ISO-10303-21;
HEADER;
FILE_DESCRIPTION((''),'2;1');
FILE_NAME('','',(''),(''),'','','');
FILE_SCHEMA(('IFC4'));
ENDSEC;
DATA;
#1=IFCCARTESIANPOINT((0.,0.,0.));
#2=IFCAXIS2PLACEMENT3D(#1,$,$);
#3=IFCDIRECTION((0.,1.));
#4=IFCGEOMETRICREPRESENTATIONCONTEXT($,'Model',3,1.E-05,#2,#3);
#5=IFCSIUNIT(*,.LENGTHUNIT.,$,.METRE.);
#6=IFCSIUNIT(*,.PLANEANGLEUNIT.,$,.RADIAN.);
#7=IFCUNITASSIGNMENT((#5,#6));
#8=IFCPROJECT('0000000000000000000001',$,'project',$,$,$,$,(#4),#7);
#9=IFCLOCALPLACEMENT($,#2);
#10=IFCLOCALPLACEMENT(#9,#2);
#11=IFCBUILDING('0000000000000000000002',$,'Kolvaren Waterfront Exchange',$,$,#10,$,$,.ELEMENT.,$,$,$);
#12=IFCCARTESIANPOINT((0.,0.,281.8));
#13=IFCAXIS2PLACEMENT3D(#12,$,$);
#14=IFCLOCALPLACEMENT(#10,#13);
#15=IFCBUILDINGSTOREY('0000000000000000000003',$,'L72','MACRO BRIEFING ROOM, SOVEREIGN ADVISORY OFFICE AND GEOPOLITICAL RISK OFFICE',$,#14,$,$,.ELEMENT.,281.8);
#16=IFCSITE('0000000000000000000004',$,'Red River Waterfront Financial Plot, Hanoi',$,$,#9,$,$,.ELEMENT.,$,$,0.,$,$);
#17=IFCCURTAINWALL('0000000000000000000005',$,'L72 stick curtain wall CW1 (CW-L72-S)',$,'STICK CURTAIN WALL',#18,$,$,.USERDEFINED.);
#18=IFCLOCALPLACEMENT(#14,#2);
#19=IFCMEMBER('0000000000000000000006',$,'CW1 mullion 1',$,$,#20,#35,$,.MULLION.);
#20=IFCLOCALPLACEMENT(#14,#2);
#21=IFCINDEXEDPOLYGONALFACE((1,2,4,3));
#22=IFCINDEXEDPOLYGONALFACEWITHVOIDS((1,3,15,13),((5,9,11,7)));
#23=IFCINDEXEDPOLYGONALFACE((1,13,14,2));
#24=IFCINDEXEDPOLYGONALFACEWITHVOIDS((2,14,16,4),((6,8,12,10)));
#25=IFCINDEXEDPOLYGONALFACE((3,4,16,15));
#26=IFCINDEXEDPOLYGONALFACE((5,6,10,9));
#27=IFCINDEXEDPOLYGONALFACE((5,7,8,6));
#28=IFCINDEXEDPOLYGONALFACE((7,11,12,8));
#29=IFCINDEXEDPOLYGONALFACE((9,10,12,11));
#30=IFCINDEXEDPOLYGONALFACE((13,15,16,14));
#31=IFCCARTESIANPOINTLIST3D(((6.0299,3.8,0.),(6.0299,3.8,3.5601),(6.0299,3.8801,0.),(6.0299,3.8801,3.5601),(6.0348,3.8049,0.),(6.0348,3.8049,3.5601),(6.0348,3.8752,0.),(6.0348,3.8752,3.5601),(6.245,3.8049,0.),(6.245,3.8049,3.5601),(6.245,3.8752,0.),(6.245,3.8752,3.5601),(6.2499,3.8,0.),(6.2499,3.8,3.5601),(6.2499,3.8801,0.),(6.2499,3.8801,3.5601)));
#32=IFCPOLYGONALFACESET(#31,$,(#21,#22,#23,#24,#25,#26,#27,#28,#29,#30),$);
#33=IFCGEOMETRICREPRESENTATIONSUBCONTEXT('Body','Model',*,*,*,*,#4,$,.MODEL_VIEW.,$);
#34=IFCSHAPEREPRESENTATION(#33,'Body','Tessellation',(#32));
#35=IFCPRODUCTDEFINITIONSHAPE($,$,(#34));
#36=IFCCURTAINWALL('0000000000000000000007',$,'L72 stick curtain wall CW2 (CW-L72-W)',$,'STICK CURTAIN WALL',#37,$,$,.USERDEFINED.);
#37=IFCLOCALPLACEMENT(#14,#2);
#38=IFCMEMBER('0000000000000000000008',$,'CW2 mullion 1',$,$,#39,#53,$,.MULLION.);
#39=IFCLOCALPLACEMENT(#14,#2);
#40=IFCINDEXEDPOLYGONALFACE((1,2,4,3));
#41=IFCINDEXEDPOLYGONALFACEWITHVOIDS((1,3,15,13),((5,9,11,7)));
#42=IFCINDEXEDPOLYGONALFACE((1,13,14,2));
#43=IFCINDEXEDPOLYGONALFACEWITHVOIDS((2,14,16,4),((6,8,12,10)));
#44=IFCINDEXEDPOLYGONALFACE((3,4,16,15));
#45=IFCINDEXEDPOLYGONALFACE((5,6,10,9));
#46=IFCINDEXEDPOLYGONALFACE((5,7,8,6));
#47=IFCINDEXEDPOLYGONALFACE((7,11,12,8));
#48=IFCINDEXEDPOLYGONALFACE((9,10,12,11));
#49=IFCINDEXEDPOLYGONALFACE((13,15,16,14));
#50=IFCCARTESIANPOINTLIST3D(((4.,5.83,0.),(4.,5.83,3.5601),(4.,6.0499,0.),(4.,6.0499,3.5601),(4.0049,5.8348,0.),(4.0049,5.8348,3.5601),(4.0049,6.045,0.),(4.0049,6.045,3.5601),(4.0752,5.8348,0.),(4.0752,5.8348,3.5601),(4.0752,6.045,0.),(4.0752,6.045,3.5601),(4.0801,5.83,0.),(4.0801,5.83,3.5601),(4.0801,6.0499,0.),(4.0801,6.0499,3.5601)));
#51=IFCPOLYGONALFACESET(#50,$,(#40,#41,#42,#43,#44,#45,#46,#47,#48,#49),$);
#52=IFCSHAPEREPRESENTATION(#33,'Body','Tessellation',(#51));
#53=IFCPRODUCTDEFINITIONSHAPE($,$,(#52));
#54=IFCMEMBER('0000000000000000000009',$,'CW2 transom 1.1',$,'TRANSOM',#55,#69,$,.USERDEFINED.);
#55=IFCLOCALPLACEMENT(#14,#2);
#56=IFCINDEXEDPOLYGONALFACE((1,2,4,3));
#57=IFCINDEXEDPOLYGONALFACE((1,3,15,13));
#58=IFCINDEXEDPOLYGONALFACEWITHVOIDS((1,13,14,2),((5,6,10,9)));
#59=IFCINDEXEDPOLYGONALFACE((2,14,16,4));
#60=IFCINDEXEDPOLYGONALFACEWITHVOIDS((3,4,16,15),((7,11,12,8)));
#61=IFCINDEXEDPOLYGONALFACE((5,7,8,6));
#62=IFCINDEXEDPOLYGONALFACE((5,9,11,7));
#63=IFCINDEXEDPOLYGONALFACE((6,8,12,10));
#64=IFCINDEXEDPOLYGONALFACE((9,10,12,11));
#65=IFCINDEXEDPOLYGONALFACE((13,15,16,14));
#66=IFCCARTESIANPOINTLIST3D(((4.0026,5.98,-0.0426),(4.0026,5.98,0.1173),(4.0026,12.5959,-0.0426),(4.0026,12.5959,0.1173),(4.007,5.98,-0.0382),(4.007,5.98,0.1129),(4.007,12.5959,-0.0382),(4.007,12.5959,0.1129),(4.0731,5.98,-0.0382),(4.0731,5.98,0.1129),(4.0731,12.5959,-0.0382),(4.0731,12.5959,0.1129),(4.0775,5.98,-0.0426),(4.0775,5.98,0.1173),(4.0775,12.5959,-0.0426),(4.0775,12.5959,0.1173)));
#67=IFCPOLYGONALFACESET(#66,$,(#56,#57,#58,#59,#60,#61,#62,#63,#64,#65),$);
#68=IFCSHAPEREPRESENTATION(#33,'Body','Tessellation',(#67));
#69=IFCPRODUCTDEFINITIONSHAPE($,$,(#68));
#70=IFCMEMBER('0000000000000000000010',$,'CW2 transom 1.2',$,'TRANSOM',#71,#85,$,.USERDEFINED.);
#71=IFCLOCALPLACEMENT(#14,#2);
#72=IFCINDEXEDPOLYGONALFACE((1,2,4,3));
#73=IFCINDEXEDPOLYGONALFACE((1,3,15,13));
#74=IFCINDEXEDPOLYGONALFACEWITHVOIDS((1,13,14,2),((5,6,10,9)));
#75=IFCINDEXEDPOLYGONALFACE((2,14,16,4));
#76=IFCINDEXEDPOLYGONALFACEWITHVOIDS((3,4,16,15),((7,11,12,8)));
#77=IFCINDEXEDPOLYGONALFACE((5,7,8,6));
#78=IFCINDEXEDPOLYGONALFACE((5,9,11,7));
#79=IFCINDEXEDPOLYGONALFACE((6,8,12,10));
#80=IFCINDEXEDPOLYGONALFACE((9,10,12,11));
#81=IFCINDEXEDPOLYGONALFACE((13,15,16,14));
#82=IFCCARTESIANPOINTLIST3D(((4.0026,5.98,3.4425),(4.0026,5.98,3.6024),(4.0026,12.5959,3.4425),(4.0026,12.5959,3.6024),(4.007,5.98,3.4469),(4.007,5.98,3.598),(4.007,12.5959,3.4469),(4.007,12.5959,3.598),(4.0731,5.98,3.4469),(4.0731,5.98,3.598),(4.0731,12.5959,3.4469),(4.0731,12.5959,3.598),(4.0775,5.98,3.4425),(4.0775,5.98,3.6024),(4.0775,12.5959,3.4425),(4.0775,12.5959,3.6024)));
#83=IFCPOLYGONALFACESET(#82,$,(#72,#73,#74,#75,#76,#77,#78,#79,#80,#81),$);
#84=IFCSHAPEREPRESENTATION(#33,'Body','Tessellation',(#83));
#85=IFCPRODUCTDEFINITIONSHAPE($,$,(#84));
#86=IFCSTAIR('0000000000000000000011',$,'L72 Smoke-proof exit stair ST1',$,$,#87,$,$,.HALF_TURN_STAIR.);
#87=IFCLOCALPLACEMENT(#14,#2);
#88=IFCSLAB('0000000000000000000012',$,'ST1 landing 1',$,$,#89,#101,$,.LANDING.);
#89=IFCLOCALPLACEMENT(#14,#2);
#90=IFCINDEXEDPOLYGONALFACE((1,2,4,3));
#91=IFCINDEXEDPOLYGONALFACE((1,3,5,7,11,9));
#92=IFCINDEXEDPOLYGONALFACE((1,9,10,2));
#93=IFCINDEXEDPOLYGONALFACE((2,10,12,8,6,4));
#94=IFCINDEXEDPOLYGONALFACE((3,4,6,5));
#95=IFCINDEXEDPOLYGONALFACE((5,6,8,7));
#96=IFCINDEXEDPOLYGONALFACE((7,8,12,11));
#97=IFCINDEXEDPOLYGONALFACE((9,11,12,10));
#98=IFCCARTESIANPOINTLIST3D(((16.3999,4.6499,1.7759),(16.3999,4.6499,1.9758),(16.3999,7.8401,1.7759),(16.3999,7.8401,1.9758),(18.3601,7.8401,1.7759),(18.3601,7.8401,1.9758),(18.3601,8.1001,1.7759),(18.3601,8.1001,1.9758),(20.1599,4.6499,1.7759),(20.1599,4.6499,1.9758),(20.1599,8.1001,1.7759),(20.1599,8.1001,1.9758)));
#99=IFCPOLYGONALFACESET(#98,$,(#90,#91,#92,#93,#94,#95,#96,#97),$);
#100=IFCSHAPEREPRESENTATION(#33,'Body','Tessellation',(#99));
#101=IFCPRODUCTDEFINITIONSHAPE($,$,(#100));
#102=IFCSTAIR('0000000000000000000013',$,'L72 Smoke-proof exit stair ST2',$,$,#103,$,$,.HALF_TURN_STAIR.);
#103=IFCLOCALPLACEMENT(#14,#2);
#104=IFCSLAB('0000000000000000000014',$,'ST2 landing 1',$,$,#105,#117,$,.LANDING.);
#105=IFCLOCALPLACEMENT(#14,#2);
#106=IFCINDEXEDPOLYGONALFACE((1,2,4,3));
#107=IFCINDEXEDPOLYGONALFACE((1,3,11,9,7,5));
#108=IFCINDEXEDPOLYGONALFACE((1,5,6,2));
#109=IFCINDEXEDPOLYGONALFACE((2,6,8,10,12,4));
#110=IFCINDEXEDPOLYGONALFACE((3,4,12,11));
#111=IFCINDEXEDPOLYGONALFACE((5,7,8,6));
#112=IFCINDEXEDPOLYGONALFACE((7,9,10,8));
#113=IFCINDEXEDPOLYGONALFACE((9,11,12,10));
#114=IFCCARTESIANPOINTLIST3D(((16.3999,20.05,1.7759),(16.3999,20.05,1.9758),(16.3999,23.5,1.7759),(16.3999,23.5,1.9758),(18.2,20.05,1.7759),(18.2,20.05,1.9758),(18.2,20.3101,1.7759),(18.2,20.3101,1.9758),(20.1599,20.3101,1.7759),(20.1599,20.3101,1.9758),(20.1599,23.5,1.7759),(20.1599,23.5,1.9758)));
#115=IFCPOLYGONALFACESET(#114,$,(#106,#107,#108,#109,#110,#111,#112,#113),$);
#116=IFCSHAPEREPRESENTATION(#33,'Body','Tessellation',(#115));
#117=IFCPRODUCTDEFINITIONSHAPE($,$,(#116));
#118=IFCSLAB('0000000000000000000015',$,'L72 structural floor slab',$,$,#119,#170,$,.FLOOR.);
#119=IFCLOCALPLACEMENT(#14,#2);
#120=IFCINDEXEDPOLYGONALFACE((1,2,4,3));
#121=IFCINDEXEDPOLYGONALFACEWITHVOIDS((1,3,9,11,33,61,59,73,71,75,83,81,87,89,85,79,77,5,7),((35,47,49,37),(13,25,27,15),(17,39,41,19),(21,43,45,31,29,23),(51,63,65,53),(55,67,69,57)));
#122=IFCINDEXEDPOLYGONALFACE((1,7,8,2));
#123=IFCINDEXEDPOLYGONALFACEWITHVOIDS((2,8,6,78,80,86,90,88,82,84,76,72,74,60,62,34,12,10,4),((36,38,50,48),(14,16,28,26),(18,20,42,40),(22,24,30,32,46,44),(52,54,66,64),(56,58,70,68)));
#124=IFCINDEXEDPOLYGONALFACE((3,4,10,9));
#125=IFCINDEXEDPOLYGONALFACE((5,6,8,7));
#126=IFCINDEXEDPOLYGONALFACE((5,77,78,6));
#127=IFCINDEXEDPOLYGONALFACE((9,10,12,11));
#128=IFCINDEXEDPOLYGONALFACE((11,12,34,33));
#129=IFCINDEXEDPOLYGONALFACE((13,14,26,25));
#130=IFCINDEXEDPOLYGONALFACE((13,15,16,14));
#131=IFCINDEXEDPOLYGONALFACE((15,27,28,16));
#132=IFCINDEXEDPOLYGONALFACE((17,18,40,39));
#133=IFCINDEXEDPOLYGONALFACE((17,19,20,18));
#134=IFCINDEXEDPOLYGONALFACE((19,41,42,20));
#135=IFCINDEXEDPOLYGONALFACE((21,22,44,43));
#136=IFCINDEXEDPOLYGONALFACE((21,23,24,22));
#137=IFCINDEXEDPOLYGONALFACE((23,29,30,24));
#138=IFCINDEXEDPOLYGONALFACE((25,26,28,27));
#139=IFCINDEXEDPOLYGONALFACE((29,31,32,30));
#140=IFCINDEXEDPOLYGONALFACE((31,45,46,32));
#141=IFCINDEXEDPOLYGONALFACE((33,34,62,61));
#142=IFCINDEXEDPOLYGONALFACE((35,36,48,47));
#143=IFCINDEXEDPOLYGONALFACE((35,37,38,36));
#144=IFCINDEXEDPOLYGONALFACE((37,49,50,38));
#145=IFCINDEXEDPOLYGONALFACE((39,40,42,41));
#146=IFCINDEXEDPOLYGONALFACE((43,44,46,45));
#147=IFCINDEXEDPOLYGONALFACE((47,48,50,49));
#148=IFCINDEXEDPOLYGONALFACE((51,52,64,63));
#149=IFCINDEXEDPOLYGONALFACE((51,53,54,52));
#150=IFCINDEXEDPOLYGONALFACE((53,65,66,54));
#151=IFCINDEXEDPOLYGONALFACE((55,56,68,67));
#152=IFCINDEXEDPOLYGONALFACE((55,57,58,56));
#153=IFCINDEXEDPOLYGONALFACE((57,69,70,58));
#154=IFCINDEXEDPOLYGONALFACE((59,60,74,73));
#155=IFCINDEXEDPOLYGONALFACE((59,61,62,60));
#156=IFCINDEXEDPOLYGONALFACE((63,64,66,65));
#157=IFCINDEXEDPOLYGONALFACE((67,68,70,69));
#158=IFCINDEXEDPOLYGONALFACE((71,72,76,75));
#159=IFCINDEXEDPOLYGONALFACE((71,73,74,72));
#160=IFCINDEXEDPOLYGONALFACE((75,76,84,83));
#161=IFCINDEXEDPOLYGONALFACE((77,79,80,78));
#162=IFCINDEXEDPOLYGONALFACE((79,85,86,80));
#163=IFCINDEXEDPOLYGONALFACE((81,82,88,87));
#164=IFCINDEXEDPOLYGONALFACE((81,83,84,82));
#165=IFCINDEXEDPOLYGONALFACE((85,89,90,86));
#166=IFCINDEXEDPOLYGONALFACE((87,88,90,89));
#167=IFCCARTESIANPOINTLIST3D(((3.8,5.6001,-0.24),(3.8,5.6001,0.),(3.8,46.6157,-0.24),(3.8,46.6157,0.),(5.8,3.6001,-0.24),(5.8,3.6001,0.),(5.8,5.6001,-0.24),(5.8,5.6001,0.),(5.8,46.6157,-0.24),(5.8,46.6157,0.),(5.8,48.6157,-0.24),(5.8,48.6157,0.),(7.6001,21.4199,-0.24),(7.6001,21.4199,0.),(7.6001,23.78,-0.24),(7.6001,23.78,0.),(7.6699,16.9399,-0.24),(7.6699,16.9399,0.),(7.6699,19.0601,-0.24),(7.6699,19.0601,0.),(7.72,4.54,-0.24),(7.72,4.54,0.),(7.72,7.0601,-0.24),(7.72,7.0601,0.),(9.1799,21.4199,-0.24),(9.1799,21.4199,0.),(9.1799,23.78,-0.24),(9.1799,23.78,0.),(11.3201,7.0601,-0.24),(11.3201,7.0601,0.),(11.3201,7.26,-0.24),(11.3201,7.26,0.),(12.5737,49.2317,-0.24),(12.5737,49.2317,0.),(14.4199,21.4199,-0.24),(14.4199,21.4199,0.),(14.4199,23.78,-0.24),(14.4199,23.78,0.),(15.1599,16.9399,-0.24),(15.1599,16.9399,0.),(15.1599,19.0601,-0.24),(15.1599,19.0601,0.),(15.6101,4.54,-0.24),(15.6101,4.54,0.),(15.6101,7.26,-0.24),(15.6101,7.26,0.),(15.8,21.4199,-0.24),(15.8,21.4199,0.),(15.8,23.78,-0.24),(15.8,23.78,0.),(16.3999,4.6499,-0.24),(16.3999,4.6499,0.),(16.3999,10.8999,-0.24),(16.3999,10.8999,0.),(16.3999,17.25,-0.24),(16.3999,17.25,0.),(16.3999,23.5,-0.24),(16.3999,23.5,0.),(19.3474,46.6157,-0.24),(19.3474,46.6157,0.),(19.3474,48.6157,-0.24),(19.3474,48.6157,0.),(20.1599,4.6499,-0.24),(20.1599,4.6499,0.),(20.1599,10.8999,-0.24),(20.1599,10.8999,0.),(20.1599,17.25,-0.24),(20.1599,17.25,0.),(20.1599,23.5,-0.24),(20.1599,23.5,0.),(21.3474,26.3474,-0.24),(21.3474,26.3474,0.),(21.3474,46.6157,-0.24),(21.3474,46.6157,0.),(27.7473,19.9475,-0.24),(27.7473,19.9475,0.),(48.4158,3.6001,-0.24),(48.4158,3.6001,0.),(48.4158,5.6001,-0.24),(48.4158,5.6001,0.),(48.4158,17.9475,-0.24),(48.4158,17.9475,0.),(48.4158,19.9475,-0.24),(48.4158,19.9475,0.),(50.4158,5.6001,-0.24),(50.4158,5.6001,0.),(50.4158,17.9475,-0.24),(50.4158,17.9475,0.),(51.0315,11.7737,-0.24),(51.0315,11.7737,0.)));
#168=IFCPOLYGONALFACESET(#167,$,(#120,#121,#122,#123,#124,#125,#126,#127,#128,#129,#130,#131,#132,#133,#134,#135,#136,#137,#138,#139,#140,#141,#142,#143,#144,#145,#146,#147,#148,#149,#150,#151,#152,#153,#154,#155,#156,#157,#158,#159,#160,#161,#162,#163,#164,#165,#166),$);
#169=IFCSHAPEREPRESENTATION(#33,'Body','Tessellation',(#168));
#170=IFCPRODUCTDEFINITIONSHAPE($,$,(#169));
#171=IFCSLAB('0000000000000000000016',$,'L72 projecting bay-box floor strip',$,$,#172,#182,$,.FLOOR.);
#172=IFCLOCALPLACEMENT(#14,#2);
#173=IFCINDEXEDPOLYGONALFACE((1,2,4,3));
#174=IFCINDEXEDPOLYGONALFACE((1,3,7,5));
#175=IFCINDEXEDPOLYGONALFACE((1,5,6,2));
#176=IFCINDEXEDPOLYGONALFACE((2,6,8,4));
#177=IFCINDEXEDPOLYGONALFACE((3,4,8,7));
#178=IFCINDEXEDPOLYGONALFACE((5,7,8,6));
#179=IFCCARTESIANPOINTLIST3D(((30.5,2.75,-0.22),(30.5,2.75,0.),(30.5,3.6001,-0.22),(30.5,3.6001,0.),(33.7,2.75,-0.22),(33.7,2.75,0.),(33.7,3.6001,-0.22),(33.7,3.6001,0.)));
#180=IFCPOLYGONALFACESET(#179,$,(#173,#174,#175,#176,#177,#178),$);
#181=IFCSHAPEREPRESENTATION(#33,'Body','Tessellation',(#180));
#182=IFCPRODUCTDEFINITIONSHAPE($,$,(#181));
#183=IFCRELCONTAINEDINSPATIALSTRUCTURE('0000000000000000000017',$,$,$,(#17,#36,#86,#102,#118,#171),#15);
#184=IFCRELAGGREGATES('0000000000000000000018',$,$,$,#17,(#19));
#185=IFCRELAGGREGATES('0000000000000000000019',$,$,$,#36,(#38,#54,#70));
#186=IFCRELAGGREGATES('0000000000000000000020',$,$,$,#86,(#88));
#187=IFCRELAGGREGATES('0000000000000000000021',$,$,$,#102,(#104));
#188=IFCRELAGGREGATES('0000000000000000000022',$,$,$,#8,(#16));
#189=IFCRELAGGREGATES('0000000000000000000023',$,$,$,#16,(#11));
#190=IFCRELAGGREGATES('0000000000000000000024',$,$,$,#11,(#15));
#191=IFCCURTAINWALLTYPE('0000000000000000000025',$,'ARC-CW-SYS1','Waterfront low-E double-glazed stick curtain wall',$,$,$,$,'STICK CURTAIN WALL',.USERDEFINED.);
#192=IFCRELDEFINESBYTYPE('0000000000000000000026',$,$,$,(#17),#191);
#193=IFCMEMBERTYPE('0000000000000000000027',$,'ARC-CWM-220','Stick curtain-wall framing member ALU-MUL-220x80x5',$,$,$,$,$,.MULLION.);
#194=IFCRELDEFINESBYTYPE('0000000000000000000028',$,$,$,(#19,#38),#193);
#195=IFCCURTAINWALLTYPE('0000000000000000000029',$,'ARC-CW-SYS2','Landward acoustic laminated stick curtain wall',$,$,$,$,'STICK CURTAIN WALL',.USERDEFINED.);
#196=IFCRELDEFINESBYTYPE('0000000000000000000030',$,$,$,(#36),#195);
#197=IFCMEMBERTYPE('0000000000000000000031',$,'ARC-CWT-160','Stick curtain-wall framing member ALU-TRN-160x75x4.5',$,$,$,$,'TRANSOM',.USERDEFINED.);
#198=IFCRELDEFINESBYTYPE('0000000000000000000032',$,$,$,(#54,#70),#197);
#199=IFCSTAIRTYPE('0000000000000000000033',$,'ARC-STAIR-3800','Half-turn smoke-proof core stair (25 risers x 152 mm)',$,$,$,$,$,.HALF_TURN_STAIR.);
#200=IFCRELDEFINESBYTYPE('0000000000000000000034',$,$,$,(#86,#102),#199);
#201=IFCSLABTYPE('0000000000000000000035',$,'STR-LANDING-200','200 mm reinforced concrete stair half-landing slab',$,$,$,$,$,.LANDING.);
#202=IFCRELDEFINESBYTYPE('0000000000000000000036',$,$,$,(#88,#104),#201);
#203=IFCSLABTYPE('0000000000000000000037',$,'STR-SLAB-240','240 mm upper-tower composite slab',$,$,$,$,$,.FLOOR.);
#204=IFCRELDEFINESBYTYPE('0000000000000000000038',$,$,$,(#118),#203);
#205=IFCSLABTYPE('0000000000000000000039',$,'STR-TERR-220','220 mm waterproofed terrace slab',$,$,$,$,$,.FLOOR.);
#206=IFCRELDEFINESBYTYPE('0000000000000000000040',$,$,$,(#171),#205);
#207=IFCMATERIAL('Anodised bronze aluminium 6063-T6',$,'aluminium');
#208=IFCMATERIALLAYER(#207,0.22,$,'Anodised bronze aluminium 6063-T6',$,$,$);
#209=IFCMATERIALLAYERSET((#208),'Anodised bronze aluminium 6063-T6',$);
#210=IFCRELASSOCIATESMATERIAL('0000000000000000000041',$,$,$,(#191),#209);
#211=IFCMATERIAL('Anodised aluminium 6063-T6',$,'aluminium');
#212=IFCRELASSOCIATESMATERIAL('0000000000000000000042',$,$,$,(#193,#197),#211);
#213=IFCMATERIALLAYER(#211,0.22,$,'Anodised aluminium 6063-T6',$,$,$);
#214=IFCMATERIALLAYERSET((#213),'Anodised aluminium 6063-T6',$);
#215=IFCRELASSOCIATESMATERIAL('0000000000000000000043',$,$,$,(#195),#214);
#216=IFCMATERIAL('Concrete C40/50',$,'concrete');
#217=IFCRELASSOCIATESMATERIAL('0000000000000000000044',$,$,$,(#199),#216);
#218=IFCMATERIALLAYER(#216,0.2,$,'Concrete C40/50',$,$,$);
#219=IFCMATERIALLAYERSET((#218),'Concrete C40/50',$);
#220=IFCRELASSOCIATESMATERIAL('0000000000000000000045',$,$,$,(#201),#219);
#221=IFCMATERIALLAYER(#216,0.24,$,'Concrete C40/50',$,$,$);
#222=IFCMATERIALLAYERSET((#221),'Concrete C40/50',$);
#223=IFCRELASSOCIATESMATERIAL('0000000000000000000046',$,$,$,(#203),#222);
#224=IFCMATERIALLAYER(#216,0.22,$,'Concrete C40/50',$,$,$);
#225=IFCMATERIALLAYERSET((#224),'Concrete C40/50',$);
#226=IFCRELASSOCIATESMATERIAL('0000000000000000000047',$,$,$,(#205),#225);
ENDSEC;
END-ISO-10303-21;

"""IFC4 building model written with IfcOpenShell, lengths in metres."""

from ifc_helpers import new_model, si_unit, direction, frame, origin, origin_with_axes, origin_2d, place, context, subcontext, project, spatial, polyline, hollow_rectangle, outline, extrude, source, transform, mapped, material, layer, layer_set, material_profile, profile_set, type_object, element, aggregate, save


model = new_model("IFC4")

# Units and contexts
model_context = context("Model", 3, precision=1e-05, world=origin(), true_north=direction((0.0, 1.0)))
body_context = subcontext(model_context, "Body", "Model", "MODEL_VIEW")
ifc_project = project(units=[si_unit("LENGTHUNIT", "METRE"), si_unit("PLANEANGLEUNIT", "RADIAN")], contexts=[model_context])

# Site, building, storey
site_placement = place(None, origin())
site = spatial("IfcSite", under=ifc_project, at=site_placement, Name="Red River Waterfront Financial Plot, Hanoi", CompositionType="ELEMENT", RefElevation=0.0)
building_placement = place(site_placement, origin())
building = spatial("IfcBuilding", under=site, at=building_placement, Name="Kolvaren Waterfront Exchange", CompositionType="ELEMENT")
storey_placement = place(building_placement, frame((0.0, 0.0, 281.8)))
storey = spatial("IfcBuildingStorey", under=building, at=storey_placement, Name="L72", Description="MACRO BRIEFING ROOM, SOVEREIGN ADVISORY OFFICE AND GEOPOLITICAL RISK OFFICE", CompositionType="ELEMENT", Elevation=281.8)

# Curtain wall, member
ifc_material_1 = material(Name="Anodised bronze aluminium 6063-T6", Category="aluminium")
ifc_layer_1 = layer(ifc_material_1, 0.22, Name="Anodised bronze aluminium 6063-T6")
ifc_layer_set_1 = layer_set([ifc_layer_1], Name="Anodised bronze aluminium 6063-T6")
curtain_wall_type_1 = type_object("IfcCurtainWallType", Name="ARC-CW-SYS1", Description="Waterfront low-E double-glazed stick curtain wall", ElementType="STICK CURTAIN WALL", PredefinedType="USERDEFINED", material=ifc_layer_set_1)
curtain_wall_1_placement = place(storey_placement, origin())
curtain_wall_1 = element("IfcCurtainWall", 1, at=curtain_wall_1_placement, inside=storey, type_object=curtain_wall_type_1, Name="L72 stick curtain wall CW1 (CW-L72-S)", ObjectType="STICK CURTAIN WALL", PredefinedType="USERDEFINED")
ifc_material_2 = material(Name="Anodised aluminium 6063-T6", Category="aluminium")
ifc_material_profile_1 = material_profile(ifc_material_2, hollow_rectangle(XDim=0.0801, YDim=0.22, WallThickness=0.0049, at=origin_2d()), Name="ALU-MUL-220x80x5")
ifc_profile_set_1 = profile_set([ifc_material_profile_1], Name="Anodised aluminium 6063-T6")
member_type_1 = type_object("IfcMemberType", Name="ARC-CWM-220", Description="Stick curtain-wall framing member ALU-MUL-220x80x5", PredefinedType="MULLION", material=ifc_profile_set_1)
shared_shape_1 = source(origin_with_axes(), body_context, "Body", "SweptSolid", [
    extrude(hollow_rectangle(XDim=0.0801, YDim=0.22, WallThickness=0.0049, at=origin_2d()), origin(), (0.0, 0.0, 1.0), 3.5601),
])
member_1_placement = place(storey_placement, frame((6.1399, 3.8401, 0.0), z_axis=(0.0, 0.0, 1.0), x_axis=(0.0, 1.0, 0.0)))
member_1 = element("IfcMember", 2, at=member_1_placement, type_object=member_type_1, Name="CW1 mullion 1", PredefinedType="MULLION", context=body_context, shape_type="MappedRepresentation", body=[
    mapped(shared_shape_1, transform((0.0, 0.0, 0.0), x_axis=(1.0, 0.0, 0.0), y_axis=(0.0, 1.0, 0.0), z_axis=(0.0, 0.0, 1.0), scale=1.0)),
])
aggregate(curtain_wall_1, [member_1])

# Curtain wall, members
ifc_layer_2 = layer(ifc_material_2, 0.22, Name="Anodised aluminium 6063-T6")
ifc_layer_set_2 = layer_set([ifc_layer_2], Name="Anodised aluminium 6063-T6")
curtain_wall_type_2 = type_object("IfcCurtainWallType", Name="ARC-CW-SYS2", Description="Landward acoustic laminated stick curtain wall", ElementType="STICK CURTAIN WALL", PredefinedType="USERDEFINED", material=ifc_layer_set_2)
curtain_wall_2_placement = place(storey_placement, origin())
curtain_wall_2 = element("IfcCurtainWall", 3, at=curtain_wall_2_placement, inside=storey, type_object=curtain_wall_type_2, Name="L72 stick curtain wall CW2 (CW-L72-W)", ObjectType="STICK CURTAIN WALL", PredefinedType="USERDEFINED")
member_2_placement = place(storey_placement, frame((4.04, 5.9399, 0.0), z_axis=(0.0, 0.0, 1.0), x_axis=(-1.0, 0.0, 0.0)))
member_2 = element("IfcMember", 4, at=member_2_placement, type_object=member_type_1, Name="CW2 mullion 1", PredefinedType="MULLION", context=body_context, shape_type="MappedRepresentation", body=[
    mapped(shared_shape_1, transform((0.0, 0.0, 0.0), x_axis=(1.0, 0.0, 0.0), y_axis=(0.0, 1.0, 0.0), z_axis=(0.0, 0.0, 1.0), scale=1.0)),
])
ifc_material_profile_2 = material_profile(ifc_material_2, hollow_rectangle(XDim=0.075, YDim=0.1599, WallThickness=0.0044, at=origin_2d()), Name="ALU-TRN-160x75x4.5")
ifc_profile_set_2 = profile_set([ifc_material_profile_2], Name="Anodised aluminium 6063-T6")
member_type_2 = type_object("IfcMemberType", Name="ARC-CWT-160", Description="Stick curtain-wall framing member ALU-TRN-160x75x4.5", ElementType="TRANSOM", PredefinedType="USERDEFINED", material=ifc_profile_set_2)
shared_shape_2 = source(origin_with_axes(), body_context, "Body", "SweptSolid", [
    extrude(hollow_rectangle(XDim=0.075, YDim=0.1599, WallThickness=0.0044, at=origin_2d()), origin(), (0.0, 0.0, 1.0), 6.616),
])
member_3_placement = place(storey_placement, frame((4.04, 5.98, 0.0374), z_axis=(0.0, 1.0, 0.0), x_axis=(-1.0, 0.0, 0.0)))
member_3 = element("IfcMember", 5, at=member_3_placement, type_object=member_type_2, Name="CW2 transom 1.1", ObjectType="TRANSOM", PredefinedType="USERDEFINED", context=body_context, shape_type="MappedRepresentation", body=[
    mapped(shared_shape_2, transform((0.0, 0.0, 0.0), x_axis=(1.0, 0.0, 0.0), y_axis=(0.0, 1.0, 0.0), z_axis=(0.0, 0.0, 1.0), scale=1.0)),
])
member_4_placement = place(storey_placement, frame((4.04, 5.98, 3.5225), z_axis=(0.0, 1.0, 0.0), x_axis=(-1.0, 0.0, 0.0)))
member_4 = element("IfcMember", 6, at=member_4_placement, type_object=member_type_2, Name="CW2 transom 1.2", ObjectType="TRANSOM", PredefinedType="USERDEFINED", context=body_context, shape_type="MappedRepresentation", body=[
    mapped(shared_shape_2, transform((0.0, 0.0, 0.0), x_axis=(1.0, 0.0, 0.0), y_axis=(0.0, 1.0, 0.0), z_axis=(0.0, 0.0, 1.0), scale=1.0)),
])
aggregate(curtain_wall_2, [member_2, member_3, member_4])

# Stairs, slabs
ifc_material_3 = material(Name="Concrete C40/50", Category="concrete")
stair_type = type_object("IfcStairType", Name="ARC-STAIR-3800", Description="Half-turn smoke-proof core stair (25 risers x 152 mm)", PredefinedType="HALF_TURN_STAIR", material=ifc_material_3)
stair_1_placement = place(storey_placement, origin())
stair_1 = element("IfcStair", 7, at=stair_1_placement, inside=storey, type_object=stair_type, Name="L72 Smoke-proof exit stair ST1", PredefinedType="HALF_TURN_STAIR")
ifc_layer_3 = layer(ifc_material_3, 0.2, Name="Concrete C40/50")
ifc_layer_set_3 = layer_set([ifc_layer_3], Name="Concrete C40/50")
slab_type_1 = type_object("IfcSlabType", Name="STR-LANDING-200", Description="200 mm reinforced concrete stair half-landing slab", PredefinedType="LANDING", material=ifc_layer_set_3)
slab_1_placement = place(storey_placement, frame((0.0, 0.0, 1.7759)))
slab_1 = element("IfcSlab", 8, at=slab_1_placement, type_object=slab_type_1, Name="ST1 landing 1", PredefinedType="LANDING", context=body_context, shape_type="SweptSolid", body=[
    extrude(outline(polyline([(16.3999, 7.8401), (16.3999, 4.6499), (20.1599, 4.6499), (20.1599, 8.1001), (18.3601, 8.1001), (18.3601, 7.8401), (16.3999, 7.8401)])), origin(), (0.0, 0.0, 1.0), 0.2),
])
aggregate(stair_1, [slab_1])
stair_2_placement = place(storey_placement, origin())
stair_2 = element("IfcStair", 9, at=stair_2_placement, inside=storey, type_object=stair_type, Name="L72 Smoke-proof exit stair ST2", PredefinedType="HALF_TURN_STAIR")
slab_2_placement = place(storey_placement, frame((0.0, 0.0, 1.7759)))
slab_2 = element("IfcSlab", 10, at=slab_2_placement, type_object=slab_type_1, Name="ST2 landing 1", PredefinedType="LANDING", context=body_context, shape_type="SweptSolid", body=[
    extrude(outline(polyline([(20.1599, 20.3101), (20.1599, 23.5), (16.3999, 23.5), (16.3999, 20.05), (18.2, 20.05), (18.2, 20.3101), (20.1599, 20.3101)])), origin(), (0.0, 0.0, 1.0), 0.2),
])
aggregate(stair_2, [slab_2])

# Slabs
ifc_layer_4 = layer(ifc_material_3, 0.24, Name="Concrete C40/50")
ifc_layer_set_4 = layer_set([ifc_layer_4], Name="Concrete C40/50")
slab_type_2 = type_object("IfcSlabType", Name="STR-SLAB-240", Description="240 mm upper-tower composite slab", PredefinedType="FLOOR", material=ifc_layer_set_4)
slab_3_placement = place(storey_placement, frame((0.0, 0.0, -0.24)))
element("IfcSlab", 11, at=slab_3_placement, inside=storey, type_object=slab_type_2, Name="L72 structural floor slab", PredefinedType="FLOOR", context=body_context, shape_type="SweptSolid", body=[
    extrude(outline(polyline([(5.8, 3.6001), (48.4158, 3.6001), (48.4158, 5.6001), (50.4158, 5.6001), (51.0315, 11.7737), (50.4158, 17.9475), (48.4158, 17.9475), (48.4158, 19.9475), (27.7473, 19.9475), (21.3474, 26.3474), (21.3474, 46.6157), (19.3474, 46.6157), (19.3474, 48.6157), (12.5737, 49.2317), (5.8, 48.6157), (5.8, 46.6157), (3.8, 46.6157), (3.8, 5.6001), (5.8, 5.6001), (5.8, 3.6001)]), holes=[polyline([(11.3201, 7.26), (15.6101, 7.26), (15.6101, 4.54), (7.72, 4.54), (7.72, 7.0601), (11.3201, 7.0601), (11.3201, 7.26)]), polyline([(20.1599, 10.8999), (20.1599, 4.6499), (16.3999, 4.6499), (16.3999, 10.8999), (20.1599, 10.8999)]), polyline([(7.6699, 19.0601), (15.1599, 19.0601), (15.1599, 16.9399), (7.6699, 16.9399), (7.6699, 19.0601)]), polyline([(16.3999, 17.25), (16.3999, 23.5), (20.1599, 23.5), (20.1599, 17.25), (16.3999, 17.25)]), polyline([(7.6001, 23.78), (9.1799, 23.78), (9.1799, 21.4199), (7.6001, 21.4199), (7.6001, 23.78)]), polyline([(14.4199, 23.78), (15.8, 23.78), (15.8, 21.4199), (14.4199, 21.4199), (14.4199, 23.78)])]), origin(), (0.0, 0.0, 1.0), 0.24),
])
ifc_layer_5 = layer(ifc_material_3, 0.22, Name="Concrete C40/50")
ifc_layer_set_5 = layer_set([ifc_layer_5], Name="Concrete C40/50")
slab_type_3 = type_object("IfcSlabType", Name="STR-TERR-220", Description="220 mm waterproofed terrace slab", PredefinedType="FLOOR", material=ifc_layer_set_5)
slab_4_placement = place(storey_placement, frame((0.0, 0.0, -0.22)))
element("IfcSlab", 12, at=slab_4_placement, inside=storey, type_object=slab_type_3, Name="L72 projecting bay-box floor strip", PredefinedType="FLOOR", context=body_context, shape_type="SweptSolid", body=[
    extrude(outline(polyline([(30.5, 2.75), (33.7, 2.75), (33.7, 3.6001), (30.5, 3.6001), (30.5, 2.75)])), origin(), (0.0, 0.0, 1.0), 0.22),
])

save(model, "model.ifc")
